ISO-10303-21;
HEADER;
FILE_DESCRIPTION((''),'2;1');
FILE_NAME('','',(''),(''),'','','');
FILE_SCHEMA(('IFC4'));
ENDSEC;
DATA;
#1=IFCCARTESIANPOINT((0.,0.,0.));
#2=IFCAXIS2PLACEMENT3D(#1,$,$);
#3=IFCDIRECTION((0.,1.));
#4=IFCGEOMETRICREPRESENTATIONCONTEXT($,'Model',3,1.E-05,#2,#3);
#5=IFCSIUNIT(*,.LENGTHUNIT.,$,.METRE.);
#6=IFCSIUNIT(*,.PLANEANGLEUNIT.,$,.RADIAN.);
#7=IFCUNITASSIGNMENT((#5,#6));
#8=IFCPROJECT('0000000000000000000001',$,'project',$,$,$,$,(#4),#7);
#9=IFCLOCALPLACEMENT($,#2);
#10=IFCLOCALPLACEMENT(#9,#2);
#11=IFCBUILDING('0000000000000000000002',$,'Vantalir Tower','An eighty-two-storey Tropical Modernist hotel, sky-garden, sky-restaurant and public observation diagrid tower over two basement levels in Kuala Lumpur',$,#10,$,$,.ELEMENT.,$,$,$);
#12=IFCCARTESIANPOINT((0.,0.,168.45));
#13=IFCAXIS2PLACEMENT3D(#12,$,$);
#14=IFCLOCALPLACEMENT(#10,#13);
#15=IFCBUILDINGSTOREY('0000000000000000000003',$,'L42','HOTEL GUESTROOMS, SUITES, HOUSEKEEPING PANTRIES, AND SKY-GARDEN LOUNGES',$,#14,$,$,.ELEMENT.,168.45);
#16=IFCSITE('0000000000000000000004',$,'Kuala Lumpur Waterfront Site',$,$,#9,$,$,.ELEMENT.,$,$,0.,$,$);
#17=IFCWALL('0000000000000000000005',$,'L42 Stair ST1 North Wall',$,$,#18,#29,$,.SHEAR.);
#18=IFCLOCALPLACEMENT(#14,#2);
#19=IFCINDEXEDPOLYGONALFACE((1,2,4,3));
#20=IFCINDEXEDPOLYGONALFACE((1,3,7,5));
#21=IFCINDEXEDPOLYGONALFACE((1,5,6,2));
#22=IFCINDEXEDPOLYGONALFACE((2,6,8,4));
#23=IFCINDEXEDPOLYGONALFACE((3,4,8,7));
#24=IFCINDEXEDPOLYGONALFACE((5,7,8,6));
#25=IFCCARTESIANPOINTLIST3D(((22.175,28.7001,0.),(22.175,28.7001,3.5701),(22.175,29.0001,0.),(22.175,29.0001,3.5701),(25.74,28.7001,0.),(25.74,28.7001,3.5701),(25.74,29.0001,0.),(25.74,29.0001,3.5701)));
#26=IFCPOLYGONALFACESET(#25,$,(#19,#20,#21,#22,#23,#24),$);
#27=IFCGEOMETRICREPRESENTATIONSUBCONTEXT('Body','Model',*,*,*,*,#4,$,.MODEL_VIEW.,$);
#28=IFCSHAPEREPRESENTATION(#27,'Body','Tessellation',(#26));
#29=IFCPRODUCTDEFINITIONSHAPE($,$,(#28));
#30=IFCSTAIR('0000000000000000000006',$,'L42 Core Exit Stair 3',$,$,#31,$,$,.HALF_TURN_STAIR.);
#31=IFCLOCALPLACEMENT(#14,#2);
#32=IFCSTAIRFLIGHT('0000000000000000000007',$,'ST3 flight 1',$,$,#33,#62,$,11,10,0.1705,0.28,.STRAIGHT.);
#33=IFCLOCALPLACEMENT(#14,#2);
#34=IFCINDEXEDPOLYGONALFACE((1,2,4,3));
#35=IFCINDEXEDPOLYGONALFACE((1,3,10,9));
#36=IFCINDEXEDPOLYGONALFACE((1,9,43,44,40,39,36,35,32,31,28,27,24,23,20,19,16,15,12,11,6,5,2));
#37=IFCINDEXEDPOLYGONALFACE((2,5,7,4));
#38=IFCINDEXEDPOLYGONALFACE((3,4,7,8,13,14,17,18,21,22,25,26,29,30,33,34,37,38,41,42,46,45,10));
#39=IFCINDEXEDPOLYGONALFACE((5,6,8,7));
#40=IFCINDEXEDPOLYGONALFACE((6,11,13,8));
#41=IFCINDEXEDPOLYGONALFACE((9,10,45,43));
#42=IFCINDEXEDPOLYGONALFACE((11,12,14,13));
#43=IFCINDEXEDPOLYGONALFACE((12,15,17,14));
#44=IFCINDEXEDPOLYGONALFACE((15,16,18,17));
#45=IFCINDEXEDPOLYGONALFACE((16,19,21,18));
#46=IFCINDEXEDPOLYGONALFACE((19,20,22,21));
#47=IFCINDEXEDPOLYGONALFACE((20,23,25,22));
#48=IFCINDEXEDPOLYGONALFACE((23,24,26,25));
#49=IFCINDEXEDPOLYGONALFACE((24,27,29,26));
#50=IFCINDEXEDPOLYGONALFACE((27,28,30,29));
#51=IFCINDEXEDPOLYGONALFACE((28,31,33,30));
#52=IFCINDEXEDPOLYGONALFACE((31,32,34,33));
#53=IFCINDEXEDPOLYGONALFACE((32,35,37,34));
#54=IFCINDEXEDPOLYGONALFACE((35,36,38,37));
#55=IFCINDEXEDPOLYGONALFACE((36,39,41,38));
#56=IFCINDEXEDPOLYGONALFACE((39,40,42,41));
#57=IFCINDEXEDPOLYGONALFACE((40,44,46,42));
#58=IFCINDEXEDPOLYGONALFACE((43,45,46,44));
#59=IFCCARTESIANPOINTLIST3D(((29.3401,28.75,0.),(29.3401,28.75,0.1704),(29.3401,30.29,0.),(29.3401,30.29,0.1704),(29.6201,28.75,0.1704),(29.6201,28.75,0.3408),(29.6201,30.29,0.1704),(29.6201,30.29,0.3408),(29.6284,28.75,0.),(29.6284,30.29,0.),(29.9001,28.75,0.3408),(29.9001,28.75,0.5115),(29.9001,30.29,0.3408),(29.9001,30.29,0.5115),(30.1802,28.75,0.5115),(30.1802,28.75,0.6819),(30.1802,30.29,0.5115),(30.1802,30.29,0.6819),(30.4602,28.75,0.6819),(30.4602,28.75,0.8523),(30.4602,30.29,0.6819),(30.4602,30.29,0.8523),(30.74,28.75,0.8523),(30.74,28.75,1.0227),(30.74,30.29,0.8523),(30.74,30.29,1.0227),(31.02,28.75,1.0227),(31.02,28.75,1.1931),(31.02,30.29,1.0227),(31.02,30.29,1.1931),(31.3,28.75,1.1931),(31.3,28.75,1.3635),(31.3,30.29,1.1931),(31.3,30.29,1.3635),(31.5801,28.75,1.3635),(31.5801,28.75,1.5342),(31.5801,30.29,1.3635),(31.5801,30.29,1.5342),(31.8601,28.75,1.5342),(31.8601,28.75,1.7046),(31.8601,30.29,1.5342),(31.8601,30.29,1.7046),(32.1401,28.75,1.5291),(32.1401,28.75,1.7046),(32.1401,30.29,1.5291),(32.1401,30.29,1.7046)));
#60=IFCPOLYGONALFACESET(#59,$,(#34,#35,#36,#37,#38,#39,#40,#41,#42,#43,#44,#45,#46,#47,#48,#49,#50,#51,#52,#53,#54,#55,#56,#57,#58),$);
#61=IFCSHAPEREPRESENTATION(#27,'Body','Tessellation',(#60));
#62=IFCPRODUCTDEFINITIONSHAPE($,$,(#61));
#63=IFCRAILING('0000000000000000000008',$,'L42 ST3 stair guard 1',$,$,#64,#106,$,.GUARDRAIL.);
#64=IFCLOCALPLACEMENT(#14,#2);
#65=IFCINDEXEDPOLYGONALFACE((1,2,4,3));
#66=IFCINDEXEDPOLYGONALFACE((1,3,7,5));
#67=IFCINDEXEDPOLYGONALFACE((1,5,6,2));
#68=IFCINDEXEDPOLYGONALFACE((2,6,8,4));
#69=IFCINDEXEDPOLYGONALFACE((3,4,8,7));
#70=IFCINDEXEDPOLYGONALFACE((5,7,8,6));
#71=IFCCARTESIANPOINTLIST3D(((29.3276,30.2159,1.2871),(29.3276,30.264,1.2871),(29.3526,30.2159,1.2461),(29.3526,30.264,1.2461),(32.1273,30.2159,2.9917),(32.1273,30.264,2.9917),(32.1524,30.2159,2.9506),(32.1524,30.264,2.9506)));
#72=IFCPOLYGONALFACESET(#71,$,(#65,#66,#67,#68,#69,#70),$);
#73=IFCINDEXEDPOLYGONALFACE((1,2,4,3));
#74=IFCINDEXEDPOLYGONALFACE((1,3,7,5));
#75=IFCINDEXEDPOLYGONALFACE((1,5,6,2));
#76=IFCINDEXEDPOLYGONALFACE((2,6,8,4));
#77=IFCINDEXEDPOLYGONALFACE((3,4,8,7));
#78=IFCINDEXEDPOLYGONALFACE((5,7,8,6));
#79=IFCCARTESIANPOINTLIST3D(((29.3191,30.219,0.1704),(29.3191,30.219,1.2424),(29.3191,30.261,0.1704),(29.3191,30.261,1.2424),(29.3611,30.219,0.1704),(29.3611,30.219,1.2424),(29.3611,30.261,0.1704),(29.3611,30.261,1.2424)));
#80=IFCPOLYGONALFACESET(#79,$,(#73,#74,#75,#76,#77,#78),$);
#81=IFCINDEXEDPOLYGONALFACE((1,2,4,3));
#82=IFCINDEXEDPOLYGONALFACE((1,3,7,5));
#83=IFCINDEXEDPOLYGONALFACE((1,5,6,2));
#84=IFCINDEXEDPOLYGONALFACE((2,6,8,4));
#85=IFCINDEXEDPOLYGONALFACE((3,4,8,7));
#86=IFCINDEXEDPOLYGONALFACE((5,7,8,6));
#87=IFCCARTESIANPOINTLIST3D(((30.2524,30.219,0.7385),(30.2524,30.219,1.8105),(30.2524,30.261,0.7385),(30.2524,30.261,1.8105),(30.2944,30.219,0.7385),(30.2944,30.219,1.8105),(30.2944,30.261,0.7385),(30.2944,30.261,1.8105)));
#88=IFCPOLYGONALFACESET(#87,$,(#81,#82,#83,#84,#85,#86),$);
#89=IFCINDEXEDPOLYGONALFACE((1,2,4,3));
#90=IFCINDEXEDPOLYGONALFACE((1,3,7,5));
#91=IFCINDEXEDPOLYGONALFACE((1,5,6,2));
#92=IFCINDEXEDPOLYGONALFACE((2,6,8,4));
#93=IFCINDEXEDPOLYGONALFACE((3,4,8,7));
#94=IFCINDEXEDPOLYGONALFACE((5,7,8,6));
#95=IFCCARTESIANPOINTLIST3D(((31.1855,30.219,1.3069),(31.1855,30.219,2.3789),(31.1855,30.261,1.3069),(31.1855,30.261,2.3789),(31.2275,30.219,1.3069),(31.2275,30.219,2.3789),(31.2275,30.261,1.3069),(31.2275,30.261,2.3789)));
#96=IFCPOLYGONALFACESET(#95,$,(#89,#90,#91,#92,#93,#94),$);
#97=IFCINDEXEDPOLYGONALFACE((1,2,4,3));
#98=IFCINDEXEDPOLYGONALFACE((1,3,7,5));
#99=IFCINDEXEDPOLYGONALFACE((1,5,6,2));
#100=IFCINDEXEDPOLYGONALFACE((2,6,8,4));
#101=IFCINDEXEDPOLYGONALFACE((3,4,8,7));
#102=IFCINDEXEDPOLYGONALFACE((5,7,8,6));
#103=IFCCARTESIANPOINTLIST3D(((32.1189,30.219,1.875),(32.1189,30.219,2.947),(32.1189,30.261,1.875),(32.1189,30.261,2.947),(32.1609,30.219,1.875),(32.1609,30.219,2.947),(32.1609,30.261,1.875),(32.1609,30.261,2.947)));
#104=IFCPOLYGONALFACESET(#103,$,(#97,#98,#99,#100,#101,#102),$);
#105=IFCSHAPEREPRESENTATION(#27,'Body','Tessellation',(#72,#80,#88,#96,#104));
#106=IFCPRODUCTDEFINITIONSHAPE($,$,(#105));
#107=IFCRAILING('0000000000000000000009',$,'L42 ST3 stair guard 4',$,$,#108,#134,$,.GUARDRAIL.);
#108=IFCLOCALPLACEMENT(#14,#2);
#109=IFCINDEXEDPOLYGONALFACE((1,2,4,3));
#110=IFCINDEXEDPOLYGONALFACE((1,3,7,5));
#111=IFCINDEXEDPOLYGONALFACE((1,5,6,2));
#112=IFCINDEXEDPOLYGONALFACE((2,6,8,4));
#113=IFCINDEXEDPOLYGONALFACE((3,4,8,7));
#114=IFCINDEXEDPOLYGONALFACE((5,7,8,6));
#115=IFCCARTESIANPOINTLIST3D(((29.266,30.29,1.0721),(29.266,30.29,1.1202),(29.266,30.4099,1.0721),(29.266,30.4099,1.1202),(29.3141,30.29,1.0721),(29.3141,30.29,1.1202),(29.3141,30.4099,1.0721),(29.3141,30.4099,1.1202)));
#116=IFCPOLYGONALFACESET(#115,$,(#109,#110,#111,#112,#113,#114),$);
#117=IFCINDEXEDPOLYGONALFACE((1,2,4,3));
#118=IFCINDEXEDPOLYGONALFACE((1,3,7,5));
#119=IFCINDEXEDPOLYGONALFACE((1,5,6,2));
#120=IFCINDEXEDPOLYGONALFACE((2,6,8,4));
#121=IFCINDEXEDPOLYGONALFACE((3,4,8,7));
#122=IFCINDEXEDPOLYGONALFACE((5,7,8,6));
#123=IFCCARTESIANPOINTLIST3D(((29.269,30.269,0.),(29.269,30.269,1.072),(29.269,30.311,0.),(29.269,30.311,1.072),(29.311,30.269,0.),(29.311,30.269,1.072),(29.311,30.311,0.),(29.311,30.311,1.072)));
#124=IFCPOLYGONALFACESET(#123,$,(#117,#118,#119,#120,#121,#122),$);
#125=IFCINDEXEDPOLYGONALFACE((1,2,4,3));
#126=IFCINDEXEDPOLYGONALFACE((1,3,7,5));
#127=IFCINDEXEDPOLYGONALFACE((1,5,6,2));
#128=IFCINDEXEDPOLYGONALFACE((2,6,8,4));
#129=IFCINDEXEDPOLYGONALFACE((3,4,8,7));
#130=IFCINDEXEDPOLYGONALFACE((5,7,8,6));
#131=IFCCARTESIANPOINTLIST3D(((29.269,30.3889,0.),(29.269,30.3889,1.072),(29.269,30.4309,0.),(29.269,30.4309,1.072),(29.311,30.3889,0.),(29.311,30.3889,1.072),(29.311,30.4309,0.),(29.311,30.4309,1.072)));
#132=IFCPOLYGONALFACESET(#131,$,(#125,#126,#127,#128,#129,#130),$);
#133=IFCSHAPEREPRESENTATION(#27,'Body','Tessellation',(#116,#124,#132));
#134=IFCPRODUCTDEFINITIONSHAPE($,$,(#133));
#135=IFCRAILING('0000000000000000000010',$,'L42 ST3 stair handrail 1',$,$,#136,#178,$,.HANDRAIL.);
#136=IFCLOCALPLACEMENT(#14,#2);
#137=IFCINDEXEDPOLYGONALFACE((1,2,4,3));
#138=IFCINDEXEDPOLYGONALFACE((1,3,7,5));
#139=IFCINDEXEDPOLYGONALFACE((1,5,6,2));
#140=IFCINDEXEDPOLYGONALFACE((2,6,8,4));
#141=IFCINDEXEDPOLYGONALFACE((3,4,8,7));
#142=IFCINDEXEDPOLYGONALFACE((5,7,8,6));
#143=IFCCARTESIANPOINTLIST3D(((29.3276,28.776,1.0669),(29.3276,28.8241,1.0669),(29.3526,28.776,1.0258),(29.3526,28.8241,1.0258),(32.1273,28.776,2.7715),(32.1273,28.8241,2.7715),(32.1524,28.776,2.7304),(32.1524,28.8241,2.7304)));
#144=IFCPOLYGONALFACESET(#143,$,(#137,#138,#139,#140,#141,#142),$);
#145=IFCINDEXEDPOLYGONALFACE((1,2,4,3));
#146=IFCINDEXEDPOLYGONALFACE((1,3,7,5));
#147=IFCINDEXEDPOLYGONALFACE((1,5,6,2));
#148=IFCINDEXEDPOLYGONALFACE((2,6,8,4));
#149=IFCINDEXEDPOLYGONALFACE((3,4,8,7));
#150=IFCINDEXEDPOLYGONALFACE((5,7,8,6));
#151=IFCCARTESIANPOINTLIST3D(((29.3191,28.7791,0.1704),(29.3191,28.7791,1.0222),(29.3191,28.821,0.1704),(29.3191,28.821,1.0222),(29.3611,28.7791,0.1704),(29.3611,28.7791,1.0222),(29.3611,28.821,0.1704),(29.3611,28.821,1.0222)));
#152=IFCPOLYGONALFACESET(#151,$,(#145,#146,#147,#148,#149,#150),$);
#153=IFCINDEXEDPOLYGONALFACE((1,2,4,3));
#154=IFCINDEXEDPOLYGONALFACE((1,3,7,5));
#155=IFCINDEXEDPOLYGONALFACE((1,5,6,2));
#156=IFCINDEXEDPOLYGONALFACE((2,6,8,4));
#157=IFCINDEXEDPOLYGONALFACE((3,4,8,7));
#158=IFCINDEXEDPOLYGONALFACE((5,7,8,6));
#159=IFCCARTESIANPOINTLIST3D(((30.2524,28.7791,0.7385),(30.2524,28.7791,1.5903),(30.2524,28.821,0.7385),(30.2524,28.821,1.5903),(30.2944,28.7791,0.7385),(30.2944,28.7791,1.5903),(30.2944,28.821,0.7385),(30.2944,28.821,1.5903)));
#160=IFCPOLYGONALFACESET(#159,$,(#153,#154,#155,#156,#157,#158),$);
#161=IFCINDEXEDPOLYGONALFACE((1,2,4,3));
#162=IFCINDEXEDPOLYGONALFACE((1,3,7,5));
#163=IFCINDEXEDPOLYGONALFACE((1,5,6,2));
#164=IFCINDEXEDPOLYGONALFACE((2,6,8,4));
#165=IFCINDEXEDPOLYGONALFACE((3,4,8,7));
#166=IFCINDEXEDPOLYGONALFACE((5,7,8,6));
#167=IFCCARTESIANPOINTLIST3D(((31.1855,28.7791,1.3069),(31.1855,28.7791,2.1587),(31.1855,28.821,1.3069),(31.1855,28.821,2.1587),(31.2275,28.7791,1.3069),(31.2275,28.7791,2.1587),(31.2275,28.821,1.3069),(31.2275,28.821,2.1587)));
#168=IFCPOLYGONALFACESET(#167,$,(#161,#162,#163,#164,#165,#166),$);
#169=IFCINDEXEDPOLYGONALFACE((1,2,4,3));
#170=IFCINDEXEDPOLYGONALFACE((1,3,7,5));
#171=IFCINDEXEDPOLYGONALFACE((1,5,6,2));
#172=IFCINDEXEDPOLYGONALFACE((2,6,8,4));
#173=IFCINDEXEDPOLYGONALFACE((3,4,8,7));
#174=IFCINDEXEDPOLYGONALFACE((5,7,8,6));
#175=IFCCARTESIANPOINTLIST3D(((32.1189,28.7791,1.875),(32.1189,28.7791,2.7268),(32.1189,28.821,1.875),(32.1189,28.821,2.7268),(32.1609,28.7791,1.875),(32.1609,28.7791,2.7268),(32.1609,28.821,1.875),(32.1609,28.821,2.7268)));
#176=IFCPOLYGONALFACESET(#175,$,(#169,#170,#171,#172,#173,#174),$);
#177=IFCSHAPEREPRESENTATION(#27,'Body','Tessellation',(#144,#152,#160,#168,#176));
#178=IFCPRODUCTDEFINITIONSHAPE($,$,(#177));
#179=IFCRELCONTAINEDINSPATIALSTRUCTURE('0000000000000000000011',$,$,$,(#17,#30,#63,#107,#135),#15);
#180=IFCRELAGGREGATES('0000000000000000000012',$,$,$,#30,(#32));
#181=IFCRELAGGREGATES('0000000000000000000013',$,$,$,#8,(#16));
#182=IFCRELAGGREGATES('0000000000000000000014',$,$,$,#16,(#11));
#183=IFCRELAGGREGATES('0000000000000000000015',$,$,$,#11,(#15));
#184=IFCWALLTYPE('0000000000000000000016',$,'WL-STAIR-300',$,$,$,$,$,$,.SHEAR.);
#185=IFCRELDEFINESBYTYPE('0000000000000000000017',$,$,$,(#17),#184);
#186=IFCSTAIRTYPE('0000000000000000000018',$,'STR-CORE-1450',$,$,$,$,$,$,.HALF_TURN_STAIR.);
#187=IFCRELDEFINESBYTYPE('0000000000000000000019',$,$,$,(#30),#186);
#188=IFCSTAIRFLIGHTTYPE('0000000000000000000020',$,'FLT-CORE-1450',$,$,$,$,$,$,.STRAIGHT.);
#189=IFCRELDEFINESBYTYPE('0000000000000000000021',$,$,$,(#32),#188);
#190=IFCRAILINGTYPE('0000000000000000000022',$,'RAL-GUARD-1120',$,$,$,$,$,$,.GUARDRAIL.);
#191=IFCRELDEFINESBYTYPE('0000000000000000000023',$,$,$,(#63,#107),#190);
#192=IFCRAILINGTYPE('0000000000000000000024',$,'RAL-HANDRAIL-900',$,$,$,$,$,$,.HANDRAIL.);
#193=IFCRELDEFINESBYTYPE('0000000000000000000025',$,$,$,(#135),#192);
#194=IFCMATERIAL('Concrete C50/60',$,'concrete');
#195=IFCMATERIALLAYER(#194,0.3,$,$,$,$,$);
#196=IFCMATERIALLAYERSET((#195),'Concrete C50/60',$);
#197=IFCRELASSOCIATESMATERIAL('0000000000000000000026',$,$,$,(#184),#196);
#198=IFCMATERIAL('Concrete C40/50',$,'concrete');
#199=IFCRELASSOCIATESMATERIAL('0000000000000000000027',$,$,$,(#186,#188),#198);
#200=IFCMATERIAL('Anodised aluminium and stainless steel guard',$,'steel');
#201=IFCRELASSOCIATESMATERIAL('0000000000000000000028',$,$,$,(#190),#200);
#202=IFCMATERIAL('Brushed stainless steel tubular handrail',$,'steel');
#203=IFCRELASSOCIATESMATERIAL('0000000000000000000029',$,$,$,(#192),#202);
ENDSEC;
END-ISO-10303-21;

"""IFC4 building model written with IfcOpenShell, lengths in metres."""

from ifc_helpers import new_model, si_unit, direction, frame, frame_2d, origin, origin_2d, place, context, subcontext, project, spatial, polyline, rectangle, outline, extrude, material, layer, layer_set, type_object, element, aggregate, save


model = new_model("IFC4")

# Units and contexts
model_context = context("Model", 3, precision=1e-05, world=origin(), true_north=direction((0.0, 1.0)))
body_context = subcontext(model_context, "Body", "Model", "MODEL_VIEW")
ifc_project = project(units=[si_unit("LENGTHUNIT", "METRE"), si_unit("PLANEANGLEUNIT", "RADIAN")], contexts=[model_context])

# Site, building, storey
site_placement = place(None, origin())
site = spatial("IfcSite", under=ifc_project, at=site_placement, Name="Kuala Lumpur Waterfront Site", CompositionType="ELEMENT", RefElevation=0.0)
building_placement = place(site_placement, origin())
building = spatial("IfcBuilding", under=site, at=building_placement, Name="Vantalir Tower", Description="An eighty-two-storey Tropical Modernist hotel, sky-garden, sky-restaurant and public observation diagrid tower over two basement levels in Kuala Lumpur", CompositionType="ELEMENT")
storey_placement = place(building_placement, frame((0.0, 0.0, 168.45)))
storey = spatial("IfcBuildingStorey", under=building, at=storey_placement, Name="L42", Description="HOTEL GUESTROOMS, SUITES, HOUSEKEEPING PANTRIES, AND SKY-GARDEN LOUNGES", CompositionType="ELEMENT", Elevation=168.45)

# Wall
ifc_material_1 = material(Name="Concrete C50/60", Category="concrete")
ifc_layer_1 = layer(ifc_material_1, 0.3)
ifc_layer_set_1 = layer_set([ifc_layer_1], Name="Concrete C50/60")
wall_type_1 = type_object("IfcWallType", Name="WL-STAIR-300", PredefinedType="SHEAR", material=ifc_layer_set_1)
wall_1_placement = place(storey_placement, frame((22.175, 28.8501, 0.0), z_axis=(0.0, 0.0, 1.0), x_axis=(1.0, 0.0, 0.0)))
element("IfcWall", 1, at=wall_1_placement, inside=storey, type_object=wall_type_1, Name="L42 Stair ST1 North Wall", PredefinedType="SHEAR", context=body_context, shape_type="SweptSolid", body=[
    extrude(rectangle(XDim=3.5649, YDim=0.3, at=frame_2d((1.7825, 0.0))), origin(), (0.0, 0.0, 1.0), 3.5701),
])

# Stair, stair flight
ifc_material_2 = material(Name="Concrete C40/50", Category="concrete")
stair_type = type_object("IfcStairType", Name="STR-CORE-1450", PredefinedType="HALF_TURN_STAIR", material=ifc_material_2)
stair_placement = place(storey_placement, origin())
stair = element("IfcStair", 2, at=stair_placement, inside=storey, type_object=stair_type, Name="L42 Core Exit Stair 3", PredefinedType="HALF_TURN_STAIR")
stair_flight_type = type_object("IfcStairFlightType", Name="FLT-CORE-1450", PredefinedType="STRAIGHT", material=ifc_material_2)
stair_flight_placement = place(storey_placement, frame((29.3401, 29.52, 0.0), z_axis=(0.0, 0.0, 1.0), x_axis=(1.0, 0.0, 0.0)))
stair_flight = element("IfcStairFlight", 3, at=stair_flight_placement, type_object=stair_flight_type, Name="ST3 flight 1", NumberOfRisers=11, NumberOfTreads=10, PredefinedType="STRAIGHT", RiserHeight=0.1705, TreadLength=0.28, context=body_context, shape_type="SweptSolid", body=[
    extrude(outline(polyline([(0.0, 0.0), (0.0, 0.1704), (0.28, 0.1704), (0.28, 0.3408), (0.5601, 0.3408), (0.5601, 0.5115), (0.8401, 0.5115), (0.8401, 0.6819), (1.1201, 0.6819), (1.1201, 0.8523), (1.3999, 0.8523), (1.3999, 1.0227), (1.6799, 1.0227), (1.6799, 1.1931), (1.96, 1.1931), (1.96, 1.3635), (2.24, 1.3635), (2.24, 1.5342), (2.52, 1.5342), (2.52, 1.7046), (2.8, 1.7046), (2.8, 1.875), (2.8, 1.5291), (0.2883, 0.0), (0.0, 0.0)])), frame((0.0, 0.77, 0.0), z_axis=(0.0, -1.0, 0.0), x_axis=(1.0, 0.0, 0.0)), (0.0, 0.0, 1.0), 1.54),
])
aggregate(stair, [stair_flight])

# Railings
ifc_material_3 = material(Name="Anodised aluminium and stainless steel guard", Category="steel")
railing_type_1 = type_object("IfcRailingType", Name="RAL-GUARD-1120", PredefinedType="GUARDRAIL", material=ifc_material_3)
railing_1_placement = place(storey_placement, frame((29.3401, 30.24, 0.1704)))
element("IfcRailing", 4, at=railing_1_placement, inside=storey, type_object=railing_type_1, Name="L42 ST3 stair guard 1", PredefinedType="GUARDRAIL", context=body_context, shape_type="SweptSolid", body=[
    extrude(rectangle(XDim=0.0481, YDim=0.0481, at=origin_2d()), frame((0.0, 0.0, 1.0962), z_axis=(0.85415, 0.0, 0.520027), x_axis=(0.0, 1.0, 0.0)), (0.0, 0.0, 1.0), 3.2778),
    extrude(rectangle(XDim=0.042, YDim=0.042, at=origin_2d()), origin(), (0.0, 0.0, 1.0), 1.072),
    extrude(rectangle(XDim=0.042, YDim=0.042, at=origin_2d()), frame((0.9333, 0.0, 0.5681)), (0.0, 0.0, 1.0), 1.072),
    extrude(rectangle(XDim=0.042, YDim=0.042, at=origin_2d()), frame((1.8665, 0.0, 1.1365)), (0.0, 0.0, 1.0), 1.072),
    extrude(rectangle(XDim=0.042, YDim=0.042, at=origin_2d()), frame((2.7998, 0.0, 1.7046)), (0.0, 0.0, 1.0), 1.072),
])
railing_2_placement = place(storey_placement, frame((29.29, 30.29, 0.0)))
element("IfcRailing", 5, at=railing_2_placement, inside=storey, type_object=railing_type_1, Name="L42 ST3 stair guard 4", PredefinedType="GUARDRAIL", context=body_context, shape_type="SweptSolid", body=[
    extrude(rectangle(XDim=0.0481, YDim=0.0481, at=origin_2d()), frame((0.0, 0.0, 1.0962), z_axis=(0.0, 1.0, 0.0), x_axis=(-1.0, 0.0, 0.0)), (0.0, 0.0, 1.0), 0.1199),
    extrude(rectangle(XDim=0.042, YDim=0.042, at=origin_2d()), origin(), (0.0, 0.0, 1.0), 1.072),
    extrude(rectangle(XDim=0.042, YDim=0.042, at=origin_2d()), frame((0.0, 0.1199, 0.0)), (0.0, 0.0, 1.0), 1.072),
])
ifc_material_4 = material(Name="Brushed stainless steel tubular handrail", Category="steel")
railing_type_2 = type_object("IfcRailingType", Name="RAL-HANDRAIL-900", PredefinedType="HANDRAIL", material=ifc_material_4)
railing_3_placement = place(storey_placement, frame((29.3401, 28.8, 0.1704)))
element("IfcRailing", 6, at=railing_3_placement, inside=storey, type_object=railing_type_2, Name="L42 ST3 stair handrail 1", PredefinedType="HANDRAIL", context=body_context, shape_type="SweptSolid", body=[
    extrude(rectangle(XDim=0.0481, YDim=0.0481, at=origin_2d()), frame((0.0, 0.0, 0.876), z_axis=(0.85415, 0.0, 0.520027), x_axis=(0.0, 1.0, 0.0)), (0.0, 0.0, 1.0), 3.2778),
    extrude(rectangle(XDim=0.042, YDim=0.042, at=origin_2d()), origin(), (0.0, 0.0, 1.0), 0.8518),
    extrude(rectangle(XDim=0.042, YDim=0.042, at=origin_2d()), frame((0.9333, 0.0, 0.5681)), (0.0, 0.0, 1.0), 0.8518),
    extrude(rectangle(XDim=0.042, YDim=0.042, at=origin_2d()), frame((1.8665, 0.0, 1.1365)), (0.0, 0.0, 1.0), 0.8518),
    extrude(rectangle(XDim=0.042, YDim=0.042, at=origin_2d()), frame((2.7998, 0.0, 1.7046)), (0.0, 0.0, 1.0), 0.8518),
])

save(model, "model.ifc")
